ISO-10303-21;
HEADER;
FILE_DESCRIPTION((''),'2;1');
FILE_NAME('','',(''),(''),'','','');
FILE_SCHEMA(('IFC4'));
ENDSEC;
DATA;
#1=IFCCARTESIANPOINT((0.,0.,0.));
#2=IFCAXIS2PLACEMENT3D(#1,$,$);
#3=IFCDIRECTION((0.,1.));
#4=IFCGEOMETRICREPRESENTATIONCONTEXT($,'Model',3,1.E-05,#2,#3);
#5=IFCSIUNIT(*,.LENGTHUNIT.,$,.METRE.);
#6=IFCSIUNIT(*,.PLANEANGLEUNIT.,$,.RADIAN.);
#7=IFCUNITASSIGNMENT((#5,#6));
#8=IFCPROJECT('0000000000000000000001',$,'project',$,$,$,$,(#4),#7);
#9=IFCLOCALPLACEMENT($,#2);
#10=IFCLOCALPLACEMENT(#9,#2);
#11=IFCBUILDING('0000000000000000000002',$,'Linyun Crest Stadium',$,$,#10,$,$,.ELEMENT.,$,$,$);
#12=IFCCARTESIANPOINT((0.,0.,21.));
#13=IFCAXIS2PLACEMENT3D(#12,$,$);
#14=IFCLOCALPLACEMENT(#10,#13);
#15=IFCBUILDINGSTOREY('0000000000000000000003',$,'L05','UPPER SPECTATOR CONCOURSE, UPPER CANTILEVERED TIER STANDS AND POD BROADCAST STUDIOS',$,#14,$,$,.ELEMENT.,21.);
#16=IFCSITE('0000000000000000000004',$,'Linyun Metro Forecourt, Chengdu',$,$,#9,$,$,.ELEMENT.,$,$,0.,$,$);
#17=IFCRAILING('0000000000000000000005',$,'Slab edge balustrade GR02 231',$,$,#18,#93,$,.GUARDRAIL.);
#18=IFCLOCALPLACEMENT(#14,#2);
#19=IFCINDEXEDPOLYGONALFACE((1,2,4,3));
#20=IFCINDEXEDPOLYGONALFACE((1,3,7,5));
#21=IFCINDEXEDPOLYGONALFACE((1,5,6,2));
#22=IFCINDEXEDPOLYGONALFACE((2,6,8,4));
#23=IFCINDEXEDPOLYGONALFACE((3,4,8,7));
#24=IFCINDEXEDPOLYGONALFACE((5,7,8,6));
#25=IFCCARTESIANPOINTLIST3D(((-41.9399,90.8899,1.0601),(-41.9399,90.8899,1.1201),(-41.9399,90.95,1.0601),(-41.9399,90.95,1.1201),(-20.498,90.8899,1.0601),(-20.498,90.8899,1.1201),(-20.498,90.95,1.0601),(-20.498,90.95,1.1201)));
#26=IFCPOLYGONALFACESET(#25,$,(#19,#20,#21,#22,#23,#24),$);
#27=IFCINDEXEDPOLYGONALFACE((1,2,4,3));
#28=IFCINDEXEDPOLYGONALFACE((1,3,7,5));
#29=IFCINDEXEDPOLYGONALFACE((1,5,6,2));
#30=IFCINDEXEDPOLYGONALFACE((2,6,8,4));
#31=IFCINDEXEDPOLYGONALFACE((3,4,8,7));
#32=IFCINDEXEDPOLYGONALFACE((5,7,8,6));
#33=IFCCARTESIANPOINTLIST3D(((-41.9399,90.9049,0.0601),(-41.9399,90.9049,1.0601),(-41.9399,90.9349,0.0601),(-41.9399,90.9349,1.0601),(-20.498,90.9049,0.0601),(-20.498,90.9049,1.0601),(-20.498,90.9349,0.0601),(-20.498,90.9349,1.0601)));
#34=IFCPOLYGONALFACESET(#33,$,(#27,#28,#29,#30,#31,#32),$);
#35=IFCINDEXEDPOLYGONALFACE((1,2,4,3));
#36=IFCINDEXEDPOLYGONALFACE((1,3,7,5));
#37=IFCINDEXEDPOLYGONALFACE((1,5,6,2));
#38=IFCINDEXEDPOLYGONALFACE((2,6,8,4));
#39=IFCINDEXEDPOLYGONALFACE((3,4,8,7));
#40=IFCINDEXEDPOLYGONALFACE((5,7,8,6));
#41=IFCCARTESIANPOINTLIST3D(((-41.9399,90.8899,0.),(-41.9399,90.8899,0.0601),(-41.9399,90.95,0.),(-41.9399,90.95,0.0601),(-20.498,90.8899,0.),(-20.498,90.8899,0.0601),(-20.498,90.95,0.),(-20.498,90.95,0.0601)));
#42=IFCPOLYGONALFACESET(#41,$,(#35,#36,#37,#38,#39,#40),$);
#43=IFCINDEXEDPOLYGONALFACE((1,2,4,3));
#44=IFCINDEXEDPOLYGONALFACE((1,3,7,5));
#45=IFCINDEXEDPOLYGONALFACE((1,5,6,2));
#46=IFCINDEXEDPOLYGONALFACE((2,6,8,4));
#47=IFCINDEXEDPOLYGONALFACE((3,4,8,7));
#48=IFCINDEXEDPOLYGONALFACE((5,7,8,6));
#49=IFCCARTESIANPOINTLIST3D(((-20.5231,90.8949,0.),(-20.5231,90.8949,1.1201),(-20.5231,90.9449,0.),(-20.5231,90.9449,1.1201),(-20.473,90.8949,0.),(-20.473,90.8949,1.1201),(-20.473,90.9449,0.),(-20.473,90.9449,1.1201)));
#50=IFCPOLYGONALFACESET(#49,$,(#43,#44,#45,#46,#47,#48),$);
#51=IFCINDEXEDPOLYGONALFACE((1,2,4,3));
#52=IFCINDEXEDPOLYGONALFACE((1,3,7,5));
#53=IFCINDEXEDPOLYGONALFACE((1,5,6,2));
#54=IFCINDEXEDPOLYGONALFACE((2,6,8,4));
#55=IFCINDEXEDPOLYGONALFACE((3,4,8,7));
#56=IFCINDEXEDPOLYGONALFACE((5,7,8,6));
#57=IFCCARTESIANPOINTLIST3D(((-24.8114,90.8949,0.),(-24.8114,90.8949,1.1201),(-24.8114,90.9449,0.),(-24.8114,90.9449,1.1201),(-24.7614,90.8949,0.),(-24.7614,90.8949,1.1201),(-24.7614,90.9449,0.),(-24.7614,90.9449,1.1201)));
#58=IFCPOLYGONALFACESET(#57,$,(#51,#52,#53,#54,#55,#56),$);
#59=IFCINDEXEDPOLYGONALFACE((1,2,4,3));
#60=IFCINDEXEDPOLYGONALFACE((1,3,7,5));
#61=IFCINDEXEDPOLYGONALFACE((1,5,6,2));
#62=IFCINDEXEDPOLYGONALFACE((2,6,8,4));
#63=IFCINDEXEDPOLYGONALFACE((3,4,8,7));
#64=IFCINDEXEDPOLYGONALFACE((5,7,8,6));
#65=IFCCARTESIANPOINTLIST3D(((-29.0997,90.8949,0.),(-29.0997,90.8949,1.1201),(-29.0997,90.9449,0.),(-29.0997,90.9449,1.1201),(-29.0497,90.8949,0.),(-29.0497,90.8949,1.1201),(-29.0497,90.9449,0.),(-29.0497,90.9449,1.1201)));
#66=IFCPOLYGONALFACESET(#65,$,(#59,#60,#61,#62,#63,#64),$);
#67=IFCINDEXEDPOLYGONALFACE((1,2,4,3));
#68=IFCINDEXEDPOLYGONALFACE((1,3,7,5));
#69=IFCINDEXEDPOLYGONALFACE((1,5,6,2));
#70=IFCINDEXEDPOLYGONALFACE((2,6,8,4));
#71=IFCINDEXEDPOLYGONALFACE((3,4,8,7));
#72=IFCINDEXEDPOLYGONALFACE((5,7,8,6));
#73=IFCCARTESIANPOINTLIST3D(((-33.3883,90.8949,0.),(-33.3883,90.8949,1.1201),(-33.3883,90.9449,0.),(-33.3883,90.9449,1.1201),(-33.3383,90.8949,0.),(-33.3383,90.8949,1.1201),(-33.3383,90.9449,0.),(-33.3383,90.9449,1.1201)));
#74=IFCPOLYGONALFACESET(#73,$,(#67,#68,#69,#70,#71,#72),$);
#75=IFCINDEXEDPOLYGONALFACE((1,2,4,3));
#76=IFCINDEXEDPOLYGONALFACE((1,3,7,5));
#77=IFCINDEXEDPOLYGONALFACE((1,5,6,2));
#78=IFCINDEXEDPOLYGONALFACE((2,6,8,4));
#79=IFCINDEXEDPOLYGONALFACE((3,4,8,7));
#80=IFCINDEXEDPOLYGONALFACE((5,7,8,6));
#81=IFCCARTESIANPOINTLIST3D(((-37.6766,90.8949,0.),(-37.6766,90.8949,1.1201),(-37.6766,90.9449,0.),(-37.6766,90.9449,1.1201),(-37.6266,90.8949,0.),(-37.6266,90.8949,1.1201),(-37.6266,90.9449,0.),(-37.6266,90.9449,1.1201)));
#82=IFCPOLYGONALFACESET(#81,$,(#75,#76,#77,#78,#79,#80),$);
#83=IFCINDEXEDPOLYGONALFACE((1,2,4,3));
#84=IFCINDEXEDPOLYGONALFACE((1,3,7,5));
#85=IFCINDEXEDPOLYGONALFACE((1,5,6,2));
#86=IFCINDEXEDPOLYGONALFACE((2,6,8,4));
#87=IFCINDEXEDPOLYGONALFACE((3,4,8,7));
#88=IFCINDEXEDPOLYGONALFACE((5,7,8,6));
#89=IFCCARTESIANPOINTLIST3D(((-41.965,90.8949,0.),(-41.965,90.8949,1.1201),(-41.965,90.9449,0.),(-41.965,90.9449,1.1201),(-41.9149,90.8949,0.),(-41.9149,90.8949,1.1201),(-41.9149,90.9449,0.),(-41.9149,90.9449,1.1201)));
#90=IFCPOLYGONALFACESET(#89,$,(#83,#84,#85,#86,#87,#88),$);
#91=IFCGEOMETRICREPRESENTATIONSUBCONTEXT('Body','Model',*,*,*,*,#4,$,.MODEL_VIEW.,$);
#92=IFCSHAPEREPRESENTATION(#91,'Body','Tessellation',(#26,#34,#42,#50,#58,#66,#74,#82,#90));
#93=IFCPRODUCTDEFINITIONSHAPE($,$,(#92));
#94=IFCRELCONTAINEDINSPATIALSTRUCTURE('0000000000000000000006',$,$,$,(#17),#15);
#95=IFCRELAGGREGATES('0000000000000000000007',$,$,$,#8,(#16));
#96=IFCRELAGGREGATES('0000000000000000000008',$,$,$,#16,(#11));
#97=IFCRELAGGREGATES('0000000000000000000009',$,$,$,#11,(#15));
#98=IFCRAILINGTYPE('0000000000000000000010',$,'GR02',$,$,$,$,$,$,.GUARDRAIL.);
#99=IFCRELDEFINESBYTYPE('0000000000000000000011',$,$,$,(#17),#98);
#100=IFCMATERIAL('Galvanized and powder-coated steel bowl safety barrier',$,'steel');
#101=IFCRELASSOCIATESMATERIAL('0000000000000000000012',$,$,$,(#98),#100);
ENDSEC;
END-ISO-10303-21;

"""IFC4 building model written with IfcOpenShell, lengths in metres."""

from ifc_helpers import new_model, si_unit, direction, frame, origin, origin_2d, place, context, subcontext, project, spatial, rectangle, extrude, material, type_object, element, save


model = new_model("IFC4")

# Units and contexts
model_context = context("Model", 3, precision=1e-05, world=origin(), true_north=direction((0.0, 1.0)))
body_context = subcontext(model_context, "Body", "Model", "MODEL_VIEW")
ifc_project = project(units=[si_unit("LENGTHUNIT", "METRE"), si_unit("PLANEANGLEUNIT", "RADIAN")], contexts=[model_context])

# Site, building, storey
site_placement = place(None, origin())
site = spatial("IfcSite", under=ifc_project, at=site_placement, Name="Linyun Metro Forecourt, Chengdu", CompositionType="ELEMENT", RefElevation=0.0)
building_placement = place(site_placement, origin())
building = spatial("IfcBuilding", under=site, at=building_placement, Name="Linyun Crest Stadium", CompositionType="ELEMENT")
storey_placement = place(building_placement, frame((0.0, 0.0, 21.0)))
storey = spatial("IfcBuildingStorey", under=building, at=storey_placement, Name="L05", Description="UPPER SPECTATOR CONCOURSE, UPPER CANTILEVERED TIER STANDS AND POD BROADCAST STUDIOS", CompositionType="ELEMENT", Elevation=21.0)

# Railing
ifc_material_1 = material(Name="Galvanized and powder-coated steel bowl safety barrier", Category="steel")
railing_type = type_object("IfcRailingType", Name="GR02", PredefinedType="GUARDRAIL", material=ifc_material_1)
railing_1_placement = place(storey_placement, frame((-20.498, 90.9199, 0.0)))
element("IfcRailing", 1, at=railing_1_placement, inside=storey, type_object=railing_type, Name="Slab edge balustrade GR02 231", PredefinedType="GUARDRAIL", context=body_context, shape_type="SweptSolid", body=[
    extrude(rectangle(XDim=0.0601, YDim=0.0601, at=origin_2d()), frame((0.0, 0.0, 1.0901), z_axis=(-1.0, 0.0, 0.0), x_axis=(0.0, -1.0, 0.0)), (0.0, 0.0, 1.0), 21.4419),
    extrude(rectangle(XDim=0.03, YDim=1.0, at=origin_2d()), frame((0.0, 0.0, 0.5601), z_axis=(-1.0, 0.0, 0.0), x_axis=(0.0, -1.0, 0.0)), (0.0, 0.0, 1.0), 21.4419),
    extrude(rectangle(XDim=0.0601, YDim=0.0601, at=origin_2d()), frame((0.0, 0.0, 0.03), z_axis=(-1.0, 0.0, 0.0), x_axis=(0.0, -1.0, 0.0)), (0.0, 0.0, 1.0), 21.4419),
    extrude(rectangle(XDim=0.05, YDim=0.05, at=origin_2d()), origin(), (0.0, 0.0, 1.0), 1.1201),
    extrude(rectangle(XDim=0.05, YDim=0.05, at=origin_2d()), frame((-4.2883, 0.0, 0.0)), (0.0, 0.0, 1.0), 1.1201),
    extrude(rectangle(XDim=0.05, YDim=0.05, at=origin_2d()), frame((-8.5767, 0.0, 0.0)), (0.0, 0.0, 1.0), 1.1201),
    extrude(rectangle(XDim=0.05, YDim=0.05, at=origin_2d()), frame((-12.8652, 0.0, 0.0)), (0.0, 0.0, 1.0), 1.1201),
    extrude(rectangle(XDim=0.05, YDim=0.05, at=origin_2d()), frame((-17.1536, 0.0, 0.0)), (0.0, 0.0, 1.0), 1.1201),
    extrude(rectangle(XDim=0.05, YDim=0.05, at=origin_2d()), frame((-21.4419, 0.0, 0.0)), (0.0, 0.0, 1.0), 1.1201),
])

save(model, "model.ifc")
